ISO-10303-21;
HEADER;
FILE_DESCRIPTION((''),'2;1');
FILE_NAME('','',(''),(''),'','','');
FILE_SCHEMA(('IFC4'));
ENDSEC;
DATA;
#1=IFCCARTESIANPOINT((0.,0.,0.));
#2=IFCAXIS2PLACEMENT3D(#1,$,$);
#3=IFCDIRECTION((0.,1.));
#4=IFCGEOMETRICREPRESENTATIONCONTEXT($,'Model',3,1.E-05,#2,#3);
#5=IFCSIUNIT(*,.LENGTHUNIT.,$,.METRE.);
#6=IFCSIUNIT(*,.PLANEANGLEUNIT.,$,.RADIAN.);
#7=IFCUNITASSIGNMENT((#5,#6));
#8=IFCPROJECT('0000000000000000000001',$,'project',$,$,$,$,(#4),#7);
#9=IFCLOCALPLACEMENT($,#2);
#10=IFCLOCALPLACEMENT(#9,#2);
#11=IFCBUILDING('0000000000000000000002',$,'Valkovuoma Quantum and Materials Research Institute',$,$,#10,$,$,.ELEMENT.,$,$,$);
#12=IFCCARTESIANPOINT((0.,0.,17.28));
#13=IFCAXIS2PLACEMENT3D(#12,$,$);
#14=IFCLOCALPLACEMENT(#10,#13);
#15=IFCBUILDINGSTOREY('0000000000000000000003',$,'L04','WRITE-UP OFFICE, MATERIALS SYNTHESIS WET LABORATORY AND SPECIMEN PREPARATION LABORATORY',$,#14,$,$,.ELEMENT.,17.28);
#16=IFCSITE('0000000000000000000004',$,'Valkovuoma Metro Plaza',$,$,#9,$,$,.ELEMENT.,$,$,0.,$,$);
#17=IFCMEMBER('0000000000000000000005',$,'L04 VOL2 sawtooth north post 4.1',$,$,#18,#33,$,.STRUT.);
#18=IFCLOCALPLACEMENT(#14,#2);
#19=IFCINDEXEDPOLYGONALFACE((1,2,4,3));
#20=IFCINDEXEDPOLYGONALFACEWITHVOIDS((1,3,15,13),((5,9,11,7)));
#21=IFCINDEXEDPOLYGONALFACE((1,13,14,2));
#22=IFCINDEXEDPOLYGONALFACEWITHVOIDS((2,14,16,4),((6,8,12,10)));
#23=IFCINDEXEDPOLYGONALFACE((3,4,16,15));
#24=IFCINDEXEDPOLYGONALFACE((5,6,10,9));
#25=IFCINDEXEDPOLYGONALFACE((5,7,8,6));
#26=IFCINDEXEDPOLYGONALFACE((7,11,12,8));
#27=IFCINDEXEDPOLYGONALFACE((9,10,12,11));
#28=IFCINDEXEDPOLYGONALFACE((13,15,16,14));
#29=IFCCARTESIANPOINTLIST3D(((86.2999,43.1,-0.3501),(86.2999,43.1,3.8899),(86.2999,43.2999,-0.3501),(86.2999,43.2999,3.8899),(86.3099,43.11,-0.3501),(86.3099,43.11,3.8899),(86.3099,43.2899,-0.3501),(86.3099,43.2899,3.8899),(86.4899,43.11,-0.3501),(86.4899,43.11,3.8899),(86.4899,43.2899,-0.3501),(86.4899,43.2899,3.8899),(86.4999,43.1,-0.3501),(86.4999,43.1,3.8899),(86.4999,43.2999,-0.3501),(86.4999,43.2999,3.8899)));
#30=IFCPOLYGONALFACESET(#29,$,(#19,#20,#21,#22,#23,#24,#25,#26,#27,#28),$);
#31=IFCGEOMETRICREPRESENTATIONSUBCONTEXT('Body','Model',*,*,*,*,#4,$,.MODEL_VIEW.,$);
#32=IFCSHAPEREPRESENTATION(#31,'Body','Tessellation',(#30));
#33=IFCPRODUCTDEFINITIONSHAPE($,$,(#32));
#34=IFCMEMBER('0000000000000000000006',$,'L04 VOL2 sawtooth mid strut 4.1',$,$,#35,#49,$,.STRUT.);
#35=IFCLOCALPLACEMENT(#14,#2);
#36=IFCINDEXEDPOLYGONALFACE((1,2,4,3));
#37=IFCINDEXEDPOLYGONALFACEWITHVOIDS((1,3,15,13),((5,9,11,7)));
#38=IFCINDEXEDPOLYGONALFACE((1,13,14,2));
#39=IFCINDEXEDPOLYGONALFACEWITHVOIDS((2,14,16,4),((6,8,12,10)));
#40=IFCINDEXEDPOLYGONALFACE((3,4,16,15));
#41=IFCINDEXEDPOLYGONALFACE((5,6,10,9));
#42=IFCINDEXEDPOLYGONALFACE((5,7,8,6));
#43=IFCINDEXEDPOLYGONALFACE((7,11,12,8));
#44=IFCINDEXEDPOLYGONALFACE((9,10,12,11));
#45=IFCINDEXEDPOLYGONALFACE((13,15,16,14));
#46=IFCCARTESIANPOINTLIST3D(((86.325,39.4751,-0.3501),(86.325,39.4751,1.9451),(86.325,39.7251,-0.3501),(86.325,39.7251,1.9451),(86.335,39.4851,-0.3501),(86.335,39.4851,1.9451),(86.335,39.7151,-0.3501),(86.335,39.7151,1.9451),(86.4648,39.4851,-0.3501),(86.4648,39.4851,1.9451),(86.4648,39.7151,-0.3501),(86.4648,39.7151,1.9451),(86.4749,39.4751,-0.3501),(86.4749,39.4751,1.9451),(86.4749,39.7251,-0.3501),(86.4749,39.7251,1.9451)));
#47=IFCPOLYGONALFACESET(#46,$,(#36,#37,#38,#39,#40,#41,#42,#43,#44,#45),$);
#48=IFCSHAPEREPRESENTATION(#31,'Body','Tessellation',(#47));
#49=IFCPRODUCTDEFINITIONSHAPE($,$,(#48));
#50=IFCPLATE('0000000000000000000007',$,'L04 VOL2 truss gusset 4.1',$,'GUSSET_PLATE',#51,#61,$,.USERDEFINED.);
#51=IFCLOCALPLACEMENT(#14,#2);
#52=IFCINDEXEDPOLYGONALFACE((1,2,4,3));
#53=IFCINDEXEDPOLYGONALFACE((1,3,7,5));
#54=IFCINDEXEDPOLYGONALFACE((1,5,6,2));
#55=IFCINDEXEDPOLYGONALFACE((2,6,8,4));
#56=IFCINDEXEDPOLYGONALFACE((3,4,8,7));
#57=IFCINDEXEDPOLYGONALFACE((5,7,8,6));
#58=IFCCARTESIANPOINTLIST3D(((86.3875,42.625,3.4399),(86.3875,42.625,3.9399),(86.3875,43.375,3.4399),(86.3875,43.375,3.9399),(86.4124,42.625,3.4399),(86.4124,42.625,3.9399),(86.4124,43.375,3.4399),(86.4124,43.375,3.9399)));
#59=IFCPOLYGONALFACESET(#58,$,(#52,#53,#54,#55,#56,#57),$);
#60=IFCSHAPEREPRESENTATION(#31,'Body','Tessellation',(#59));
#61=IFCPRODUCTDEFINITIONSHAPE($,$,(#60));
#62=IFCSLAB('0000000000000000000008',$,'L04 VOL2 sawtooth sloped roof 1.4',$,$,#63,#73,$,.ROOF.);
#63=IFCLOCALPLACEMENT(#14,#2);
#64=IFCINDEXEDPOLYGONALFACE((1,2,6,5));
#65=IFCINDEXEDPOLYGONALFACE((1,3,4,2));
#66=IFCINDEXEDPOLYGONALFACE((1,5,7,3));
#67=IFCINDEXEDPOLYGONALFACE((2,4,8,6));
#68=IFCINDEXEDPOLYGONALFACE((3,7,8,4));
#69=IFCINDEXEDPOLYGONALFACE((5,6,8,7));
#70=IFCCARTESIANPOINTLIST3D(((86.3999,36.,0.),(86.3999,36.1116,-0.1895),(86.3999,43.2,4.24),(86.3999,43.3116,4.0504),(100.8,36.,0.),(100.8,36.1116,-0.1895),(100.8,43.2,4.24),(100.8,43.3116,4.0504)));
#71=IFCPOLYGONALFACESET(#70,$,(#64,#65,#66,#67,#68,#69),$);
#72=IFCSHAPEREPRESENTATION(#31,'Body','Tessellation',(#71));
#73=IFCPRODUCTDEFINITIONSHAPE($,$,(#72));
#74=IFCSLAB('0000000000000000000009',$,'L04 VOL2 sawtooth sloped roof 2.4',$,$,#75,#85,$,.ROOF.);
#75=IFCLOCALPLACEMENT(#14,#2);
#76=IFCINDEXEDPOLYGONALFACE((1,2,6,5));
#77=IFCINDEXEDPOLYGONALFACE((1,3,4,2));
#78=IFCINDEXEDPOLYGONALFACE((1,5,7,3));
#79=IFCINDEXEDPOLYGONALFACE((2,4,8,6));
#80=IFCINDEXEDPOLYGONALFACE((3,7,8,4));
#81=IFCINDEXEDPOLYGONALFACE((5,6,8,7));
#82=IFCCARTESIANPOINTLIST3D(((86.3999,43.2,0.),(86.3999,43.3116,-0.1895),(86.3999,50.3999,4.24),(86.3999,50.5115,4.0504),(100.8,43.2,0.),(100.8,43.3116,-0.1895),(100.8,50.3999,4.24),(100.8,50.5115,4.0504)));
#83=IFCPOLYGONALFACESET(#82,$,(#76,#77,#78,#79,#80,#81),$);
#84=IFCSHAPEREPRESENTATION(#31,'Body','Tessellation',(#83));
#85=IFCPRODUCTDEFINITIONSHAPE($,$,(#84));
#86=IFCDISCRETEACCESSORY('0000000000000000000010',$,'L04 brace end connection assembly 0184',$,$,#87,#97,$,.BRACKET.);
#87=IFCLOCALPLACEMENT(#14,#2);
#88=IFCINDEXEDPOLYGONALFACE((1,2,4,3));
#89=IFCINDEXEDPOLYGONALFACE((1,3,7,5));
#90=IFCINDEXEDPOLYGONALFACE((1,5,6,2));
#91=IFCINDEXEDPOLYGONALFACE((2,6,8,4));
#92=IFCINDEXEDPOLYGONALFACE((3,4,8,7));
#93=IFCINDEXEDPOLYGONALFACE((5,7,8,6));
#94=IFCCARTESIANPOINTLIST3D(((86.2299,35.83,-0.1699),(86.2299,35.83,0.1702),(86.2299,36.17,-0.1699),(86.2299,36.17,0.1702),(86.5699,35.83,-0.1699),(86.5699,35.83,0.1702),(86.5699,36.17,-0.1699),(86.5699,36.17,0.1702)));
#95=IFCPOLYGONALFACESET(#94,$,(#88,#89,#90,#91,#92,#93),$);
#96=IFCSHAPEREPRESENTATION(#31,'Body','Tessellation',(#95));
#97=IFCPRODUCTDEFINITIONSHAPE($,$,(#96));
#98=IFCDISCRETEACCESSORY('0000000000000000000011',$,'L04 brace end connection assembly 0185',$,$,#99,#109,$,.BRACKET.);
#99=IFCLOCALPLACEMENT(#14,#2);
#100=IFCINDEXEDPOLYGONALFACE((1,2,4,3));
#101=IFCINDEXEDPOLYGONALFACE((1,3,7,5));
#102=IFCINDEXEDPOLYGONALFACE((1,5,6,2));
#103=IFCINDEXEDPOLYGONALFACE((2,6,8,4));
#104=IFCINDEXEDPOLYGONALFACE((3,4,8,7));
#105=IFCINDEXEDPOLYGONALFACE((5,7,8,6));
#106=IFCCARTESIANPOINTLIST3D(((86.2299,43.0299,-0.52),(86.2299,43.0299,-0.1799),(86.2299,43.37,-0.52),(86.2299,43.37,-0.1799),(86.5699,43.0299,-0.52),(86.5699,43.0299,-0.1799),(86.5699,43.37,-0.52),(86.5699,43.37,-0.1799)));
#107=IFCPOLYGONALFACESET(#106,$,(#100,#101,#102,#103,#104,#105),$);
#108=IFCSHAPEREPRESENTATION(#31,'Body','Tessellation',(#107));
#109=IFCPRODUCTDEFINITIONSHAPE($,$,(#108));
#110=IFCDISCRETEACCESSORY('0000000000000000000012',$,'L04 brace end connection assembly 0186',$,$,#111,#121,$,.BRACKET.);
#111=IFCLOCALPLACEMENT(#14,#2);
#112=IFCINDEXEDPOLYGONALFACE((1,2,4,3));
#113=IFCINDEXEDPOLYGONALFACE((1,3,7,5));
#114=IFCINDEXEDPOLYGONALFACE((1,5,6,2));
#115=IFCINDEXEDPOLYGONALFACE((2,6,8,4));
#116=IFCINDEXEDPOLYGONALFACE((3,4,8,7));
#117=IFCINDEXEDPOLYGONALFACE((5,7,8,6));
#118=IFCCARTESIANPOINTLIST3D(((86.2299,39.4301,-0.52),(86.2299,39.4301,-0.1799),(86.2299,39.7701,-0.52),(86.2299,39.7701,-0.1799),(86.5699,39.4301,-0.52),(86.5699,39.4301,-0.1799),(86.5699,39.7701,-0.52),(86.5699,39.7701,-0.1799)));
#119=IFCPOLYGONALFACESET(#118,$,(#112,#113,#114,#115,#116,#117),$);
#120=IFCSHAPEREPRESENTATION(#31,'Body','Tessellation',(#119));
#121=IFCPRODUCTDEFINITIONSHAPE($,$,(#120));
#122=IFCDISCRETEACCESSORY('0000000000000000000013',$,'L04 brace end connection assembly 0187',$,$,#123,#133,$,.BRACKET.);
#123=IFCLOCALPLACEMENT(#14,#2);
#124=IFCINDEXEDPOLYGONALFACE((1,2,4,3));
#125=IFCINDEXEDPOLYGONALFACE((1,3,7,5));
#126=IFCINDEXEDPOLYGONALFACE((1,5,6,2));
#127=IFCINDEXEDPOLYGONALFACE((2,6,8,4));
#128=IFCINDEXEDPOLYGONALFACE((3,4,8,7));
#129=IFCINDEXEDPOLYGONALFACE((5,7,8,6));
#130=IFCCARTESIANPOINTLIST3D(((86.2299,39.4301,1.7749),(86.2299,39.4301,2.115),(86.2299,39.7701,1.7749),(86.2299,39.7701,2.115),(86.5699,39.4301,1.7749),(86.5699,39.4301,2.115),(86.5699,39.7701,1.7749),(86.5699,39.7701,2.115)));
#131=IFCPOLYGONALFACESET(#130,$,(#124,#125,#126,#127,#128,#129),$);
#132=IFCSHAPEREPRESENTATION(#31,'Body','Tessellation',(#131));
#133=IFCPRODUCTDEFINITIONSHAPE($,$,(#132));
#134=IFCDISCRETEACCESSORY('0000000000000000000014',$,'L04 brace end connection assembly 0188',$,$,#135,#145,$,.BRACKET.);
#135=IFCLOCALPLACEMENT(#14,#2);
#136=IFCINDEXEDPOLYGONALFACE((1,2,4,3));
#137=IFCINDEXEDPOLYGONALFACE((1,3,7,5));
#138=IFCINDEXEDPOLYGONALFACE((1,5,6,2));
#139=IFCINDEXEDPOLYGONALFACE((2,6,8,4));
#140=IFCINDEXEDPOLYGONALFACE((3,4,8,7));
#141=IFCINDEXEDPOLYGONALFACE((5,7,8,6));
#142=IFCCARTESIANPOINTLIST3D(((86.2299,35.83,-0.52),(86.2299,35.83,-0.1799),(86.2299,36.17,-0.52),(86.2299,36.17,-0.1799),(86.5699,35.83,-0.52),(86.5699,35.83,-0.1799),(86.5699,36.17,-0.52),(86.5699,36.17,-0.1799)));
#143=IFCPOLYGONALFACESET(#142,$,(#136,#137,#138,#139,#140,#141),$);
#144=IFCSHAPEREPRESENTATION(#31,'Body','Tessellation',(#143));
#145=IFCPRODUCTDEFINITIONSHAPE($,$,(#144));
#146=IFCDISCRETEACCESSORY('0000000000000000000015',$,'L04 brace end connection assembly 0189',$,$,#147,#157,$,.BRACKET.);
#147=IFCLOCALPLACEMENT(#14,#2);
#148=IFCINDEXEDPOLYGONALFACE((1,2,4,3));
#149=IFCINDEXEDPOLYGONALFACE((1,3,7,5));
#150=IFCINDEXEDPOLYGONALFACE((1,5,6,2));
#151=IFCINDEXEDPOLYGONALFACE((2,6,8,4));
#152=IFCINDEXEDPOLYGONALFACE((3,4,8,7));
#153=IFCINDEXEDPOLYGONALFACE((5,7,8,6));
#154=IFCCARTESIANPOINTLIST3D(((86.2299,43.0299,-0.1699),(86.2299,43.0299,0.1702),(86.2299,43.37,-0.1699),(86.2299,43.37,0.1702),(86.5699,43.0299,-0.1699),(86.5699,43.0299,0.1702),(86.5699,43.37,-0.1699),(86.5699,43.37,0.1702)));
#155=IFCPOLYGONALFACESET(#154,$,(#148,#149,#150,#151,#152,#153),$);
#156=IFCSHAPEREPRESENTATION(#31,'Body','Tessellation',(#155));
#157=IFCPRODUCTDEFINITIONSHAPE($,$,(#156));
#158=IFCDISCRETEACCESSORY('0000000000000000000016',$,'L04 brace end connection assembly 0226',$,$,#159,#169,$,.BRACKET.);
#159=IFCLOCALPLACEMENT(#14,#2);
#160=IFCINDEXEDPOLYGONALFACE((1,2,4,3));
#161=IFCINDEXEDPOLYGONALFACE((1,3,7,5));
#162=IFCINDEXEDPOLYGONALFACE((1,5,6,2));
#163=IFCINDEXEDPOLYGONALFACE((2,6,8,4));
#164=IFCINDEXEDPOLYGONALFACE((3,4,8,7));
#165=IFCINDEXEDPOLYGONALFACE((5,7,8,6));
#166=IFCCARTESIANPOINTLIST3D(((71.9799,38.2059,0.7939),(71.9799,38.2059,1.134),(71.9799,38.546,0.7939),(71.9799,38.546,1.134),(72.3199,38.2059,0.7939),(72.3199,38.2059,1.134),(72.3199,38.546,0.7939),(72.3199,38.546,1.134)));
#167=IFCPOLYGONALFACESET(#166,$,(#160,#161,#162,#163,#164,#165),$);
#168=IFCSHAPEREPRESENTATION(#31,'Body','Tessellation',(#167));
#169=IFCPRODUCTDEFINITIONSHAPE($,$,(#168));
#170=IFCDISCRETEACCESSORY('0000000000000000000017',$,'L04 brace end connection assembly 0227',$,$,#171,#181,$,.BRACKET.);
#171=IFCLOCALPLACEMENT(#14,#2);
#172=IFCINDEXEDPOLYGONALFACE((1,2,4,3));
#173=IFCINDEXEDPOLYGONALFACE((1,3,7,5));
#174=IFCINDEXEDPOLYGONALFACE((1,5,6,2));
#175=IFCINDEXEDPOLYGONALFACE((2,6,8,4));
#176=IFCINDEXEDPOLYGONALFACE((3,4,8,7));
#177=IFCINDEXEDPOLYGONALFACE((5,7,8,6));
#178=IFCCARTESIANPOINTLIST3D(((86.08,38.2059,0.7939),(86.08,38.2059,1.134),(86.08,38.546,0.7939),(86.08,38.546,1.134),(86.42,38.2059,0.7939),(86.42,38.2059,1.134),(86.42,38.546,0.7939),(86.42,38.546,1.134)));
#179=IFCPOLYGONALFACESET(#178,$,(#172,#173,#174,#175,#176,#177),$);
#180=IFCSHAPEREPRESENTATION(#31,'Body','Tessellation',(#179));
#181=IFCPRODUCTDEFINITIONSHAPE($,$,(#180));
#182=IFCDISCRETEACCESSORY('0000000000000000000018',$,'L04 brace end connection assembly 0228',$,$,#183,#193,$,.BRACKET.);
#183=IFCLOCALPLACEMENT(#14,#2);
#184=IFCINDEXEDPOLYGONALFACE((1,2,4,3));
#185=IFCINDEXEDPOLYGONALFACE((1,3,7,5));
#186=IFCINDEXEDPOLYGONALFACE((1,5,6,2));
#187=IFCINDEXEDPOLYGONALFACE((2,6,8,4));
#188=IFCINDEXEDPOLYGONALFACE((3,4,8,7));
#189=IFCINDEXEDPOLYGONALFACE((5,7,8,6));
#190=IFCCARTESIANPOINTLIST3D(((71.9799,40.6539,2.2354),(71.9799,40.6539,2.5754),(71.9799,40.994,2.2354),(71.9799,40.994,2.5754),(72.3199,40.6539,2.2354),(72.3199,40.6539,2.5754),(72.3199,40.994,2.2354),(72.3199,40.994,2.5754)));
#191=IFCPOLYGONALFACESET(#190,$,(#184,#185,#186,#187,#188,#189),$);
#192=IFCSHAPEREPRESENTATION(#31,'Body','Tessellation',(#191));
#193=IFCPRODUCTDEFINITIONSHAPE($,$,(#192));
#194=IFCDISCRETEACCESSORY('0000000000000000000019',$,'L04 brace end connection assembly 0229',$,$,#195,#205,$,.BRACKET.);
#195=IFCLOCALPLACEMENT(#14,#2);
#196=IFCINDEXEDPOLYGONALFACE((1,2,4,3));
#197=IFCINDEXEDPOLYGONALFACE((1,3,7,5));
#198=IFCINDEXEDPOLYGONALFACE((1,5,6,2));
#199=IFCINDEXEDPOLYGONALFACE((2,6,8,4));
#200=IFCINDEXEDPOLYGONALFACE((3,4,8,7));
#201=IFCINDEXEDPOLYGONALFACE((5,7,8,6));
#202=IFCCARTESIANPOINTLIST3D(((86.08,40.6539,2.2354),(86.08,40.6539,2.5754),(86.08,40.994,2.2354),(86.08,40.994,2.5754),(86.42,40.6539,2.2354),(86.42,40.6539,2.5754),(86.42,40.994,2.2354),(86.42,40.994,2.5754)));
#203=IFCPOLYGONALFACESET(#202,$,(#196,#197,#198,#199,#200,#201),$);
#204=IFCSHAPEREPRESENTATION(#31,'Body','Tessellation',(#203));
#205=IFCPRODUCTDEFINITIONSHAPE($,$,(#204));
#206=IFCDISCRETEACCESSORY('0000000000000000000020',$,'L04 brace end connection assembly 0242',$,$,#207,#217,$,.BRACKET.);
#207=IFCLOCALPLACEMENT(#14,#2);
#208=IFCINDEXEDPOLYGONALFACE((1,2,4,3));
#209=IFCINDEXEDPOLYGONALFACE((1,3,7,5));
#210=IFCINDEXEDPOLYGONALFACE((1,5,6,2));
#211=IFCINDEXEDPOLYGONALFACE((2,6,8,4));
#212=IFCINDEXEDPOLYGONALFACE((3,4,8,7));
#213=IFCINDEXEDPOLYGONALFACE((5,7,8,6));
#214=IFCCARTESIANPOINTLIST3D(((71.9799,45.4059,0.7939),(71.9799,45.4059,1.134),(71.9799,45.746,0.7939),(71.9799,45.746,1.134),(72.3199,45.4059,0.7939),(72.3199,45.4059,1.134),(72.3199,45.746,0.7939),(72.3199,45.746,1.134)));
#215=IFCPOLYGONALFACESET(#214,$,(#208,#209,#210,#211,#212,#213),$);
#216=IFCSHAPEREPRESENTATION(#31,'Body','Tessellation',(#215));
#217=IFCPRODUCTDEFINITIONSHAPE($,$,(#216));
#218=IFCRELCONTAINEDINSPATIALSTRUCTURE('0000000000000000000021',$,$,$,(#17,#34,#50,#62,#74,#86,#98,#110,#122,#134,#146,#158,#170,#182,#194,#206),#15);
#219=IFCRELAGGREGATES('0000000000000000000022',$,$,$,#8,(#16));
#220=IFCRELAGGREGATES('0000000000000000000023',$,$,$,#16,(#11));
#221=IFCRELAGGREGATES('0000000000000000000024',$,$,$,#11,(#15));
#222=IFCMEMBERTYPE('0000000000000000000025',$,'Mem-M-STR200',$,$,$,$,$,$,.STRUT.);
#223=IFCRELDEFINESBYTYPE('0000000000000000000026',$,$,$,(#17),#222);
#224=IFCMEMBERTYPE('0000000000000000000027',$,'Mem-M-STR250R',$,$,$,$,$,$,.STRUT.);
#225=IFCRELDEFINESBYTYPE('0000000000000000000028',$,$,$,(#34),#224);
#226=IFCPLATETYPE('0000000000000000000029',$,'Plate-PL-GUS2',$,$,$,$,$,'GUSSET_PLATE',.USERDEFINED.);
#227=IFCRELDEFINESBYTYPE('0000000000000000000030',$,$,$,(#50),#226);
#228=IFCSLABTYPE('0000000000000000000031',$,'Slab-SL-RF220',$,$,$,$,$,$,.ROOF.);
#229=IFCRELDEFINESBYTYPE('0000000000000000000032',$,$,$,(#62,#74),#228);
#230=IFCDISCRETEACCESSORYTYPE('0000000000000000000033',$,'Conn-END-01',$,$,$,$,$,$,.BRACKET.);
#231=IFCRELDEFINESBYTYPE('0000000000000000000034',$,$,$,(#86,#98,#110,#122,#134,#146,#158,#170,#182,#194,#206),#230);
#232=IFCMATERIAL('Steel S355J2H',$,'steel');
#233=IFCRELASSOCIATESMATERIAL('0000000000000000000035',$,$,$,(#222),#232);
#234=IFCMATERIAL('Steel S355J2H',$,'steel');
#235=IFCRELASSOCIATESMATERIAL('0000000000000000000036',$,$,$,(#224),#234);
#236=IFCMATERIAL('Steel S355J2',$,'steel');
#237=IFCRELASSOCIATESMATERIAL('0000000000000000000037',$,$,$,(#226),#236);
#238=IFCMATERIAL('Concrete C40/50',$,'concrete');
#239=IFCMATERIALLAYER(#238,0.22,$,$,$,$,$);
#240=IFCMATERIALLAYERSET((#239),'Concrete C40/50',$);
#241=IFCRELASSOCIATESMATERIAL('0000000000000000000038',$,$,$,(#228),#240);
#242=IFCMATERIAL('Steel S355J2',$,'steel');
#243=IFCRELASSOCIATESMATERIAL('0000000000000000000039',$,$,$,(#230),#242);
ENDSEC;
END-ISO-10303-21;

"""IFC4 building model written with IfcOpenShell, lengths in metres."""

from ifc_helpers import new_model, si_unit, direction, frame, origin, origin_2d, place, context, subcontext, project, spatial, polyline, rectangle, hollow_rectangle, outline, extrude, material, layer, layer_set, material_profile, profile_set, type_object, element, save


model = new_model("IFC4")

# Units and contexts
model_context = context("Model", 3, precision=1e-05, world=origin(), true_north=direction((0.0, 1.0)))
body_context = subcontext(model_context, "Body", "Model", "MODEL_VIEW")
ifc_project = project(units=[si_unit("LENGTHUNIT", "METRE"), si_unit("PLANEANGLEUNIT", "RADIAN")], contexts=[model_context])

# Site, building, storey
site_placement = place(None, origin())
site = spatial("IfcSite", under=ifc_project, at=site_placement, Name="Valkovuoma Metro Plaza", CompositionType="ELEMENT", RefElevation=0.0)
building_placement = place(site_placement, origin())
building = spatial("IfcBuilding", under=site, at=building_placement, Name="Valkovuoma Quantum and Materials Research Institute", CompositionType="ELEMENT")
storey_placement = place(building_placement, frame((0.0, 0.0, 17.28)))
storey = spatial("IfcBuildingStorey", under=building, at=storey_placement, Name="L04", Description="WRITE-UP OFFICE, MATERIALS SYNTHESIS WET LABORATORY AND SPECIMEN PREPARATION LABORATORY", CompositionType="ELEMENT", Elevation=17.28)

# Members
ifc_material_1 = material(Name="Steel S355J2H", Category="steel")
ifc_material_profile_1 = material_profile(ifc_material_1, hollow_rectangle(XDim=0.2, YDim=0.2, WallThickness=0.01, at=origin_2d()), Name="Steel S355J2H")
ifc_profile_set_1 = profile_set([ifc_material_profile_1], Name="Steel S355J2H")
member_type_1 = type_object("IfcMemberType", Name="Mem-M-STR200", PredefinedType="STRUT", material=ifc_profile_set_1)
member_1_placement = place(storey_placement, frame((86.3999, 43.2, -0.3501), z_axis=(0.0, 0.0, 1.0), x_axis=(1.0, 0.0, 0.0)))
element("IfcMember", 1, at=member_1_placement, inside=storey, type_object=member_type_1, Name="L04 VOL2 sawtooth north post 4.1", PredefinedType="STRUT", context=body_context, shape_type="SweptSolid", body=[
    extrude(hollow_rectangle(XDim=0.2, YDim=0.2, WallThickness=0.01, at=origin_2d()), origin(), (0.0, 0.0, 1.0), 4.24),
])
ifc_material_2 = material(Name="Steel S355J2H", Category="steel")
ifc_material_profile_2 = material_profile(ifc_material_2, hollow_rectangle(XDim=0.1499, YDim=0.25, WallThickness=0.01, at=origin_2d()), Name="Steel S355J2H")
ifc_profile_set_2 = profile_set([ifc_material_profile_2], Name="Steel S355J2H")
member_type_2 = type_object("IfcMemberType", Name="Mem-M-STR250R", PredefinedType="STRUT", material=ifc_profile_set_2)
member_2_placement = place(storey_placement, frame((86.3999, 39.6001, -0.3501), z_axis=(0.0, 0.0, 1.0), x_axis=(1.0, 0.0, 0.0)))
element("IfcMember", 2, at=member_2_placement, inside=storey, type_object=member_type_2, Name="L04 VOL2 sawtooth mid strut 4.1", PredefinedType="STRUT", context=body_context, shape_type="SweptSolid", body=[
    extrude(hollow_rectangle(XDim=0.1499, YDim=0.25, WallThickness=0.01, at=origin_2d()), origin(), (0.0, 0.0, 1.0), 2.2952),
])

# Plate
ifc_material_3 = material(Name="Steel S355J2", Category="steel")
plate_type = type_object("IfcPlateType", Name="Plate-PL-GUS2", ElementType="GUSSET_PLATE", PredefinedType="USERDEFINED", material=ifc_material_3)
plate_placement = place(storey_placement, frame((86.3999, 43.0, 3.4399), z_axis=(0.0, 0.0, 1.0), x_axis=(0.0, 1.0, 0.0)))
element("IfcPlate", 3, at=plate_placement, inside=storey, type_object=plate_type, Name="L04 VOL2 truss gusset 4.1", ObjectType="GUSSET_PLATE", PredefinedType="USERDEFINED", context=body_context, shape_type="SweptSolid", body=[
    extrude(rectangle(XDim=0.75, YDim=0.0249, at=origin_2d()), origin(), (0.0, 0.0, 1.0), 0.5),
])

# Slabs
ifc_material_4 = material(Name="Concrete C40/50", Category="concrete")
ifc_layer = layer(ifc_material_4, 0.22)
ifc_layer_set = layer_set([ifc_layer], Name="Concrete C40/50")
slab_type = type_object("IfcSlabType", Name="Slab-SL-RF220", PredefinedType="ROOF", material=ifc_layer_set)
for number, where, z_axis, x_axis, name in (
    (4, (86.3999, 36.0, 0.0), (0.0, -0.50744, 0.861687), (1.0, 0.0, 0.0), "L04 VOL2 sawtooth sloped roof 1.4"),
    (5, (86.3999, 43.2, 0.0), (0.0, -0.50744, 0.861687), (1.0, 0.0, 0.0), "L04 VOL2 sawtooth sloped roof 2.4"),
):
    element("IfcSlab", number, at=place(storey_placement, frame(where, z_axis=z_axis, x_axis=x_axis)), inside=storey, type_object=slab_type, Name=name, PredefinedType="ROOF", context=body_context, shape_type="SweptSolid", body=[
        extrude(outline(polyline([(0.0, 0.0), (14.4001, 0.0), (14.4001, 8.3556), (0.0, 8.3556), (0.0, 0.0)])), origin(), (0.0, 0.0, -1.0), 0.22),
    ])

# Discrete accessories
ifc_material_5 = material(Name="Steel S355J2", Category="steel")
discrete_accessory_type = type_object("IfcDiscreteAccessoryType", Name="Conn-END-01", PredefinedType="BRACKET", material=ifc_material_5)
for number, where, z_axis, x_axis, name in (
    (6, (86.3999, 36.0, -0.1699), (0.0, 0.0, 1.0), (1.0, 0.0, 0.0), "L04 brace end connection assembly 0184"),
    (7, (86.3999, 43.2, -0.52), (0.0, 0.0, 1.0), (1.0, 0.0, 0.0), "L04 brace end connection assembly 0185"),
    (8, (86.3999, 39.6001, -0.52), (0.0, 0.0, 1.0), (1.0, 0.0, 0.0), "L04 brace end connection assembly 0186"),
    (9, (86.3999, 39.6001, 1.7749), (0.0, 0.0, 1.0), (1.0, 0.0, 0.0), "L04 brace end connection assembly 0187"),
    (10, (86.3999, 36.0, -0.52), (0.0, 0.0, 1.0), (1.0, 0.0, 0.0), "L04 brace end connection assembly 0188"),
    (11, (86.3999, 43.2, -0.1699), (0.0, 0.0, 1.0), (1.0, 0.0, 0.0), "L04 brace end connection assembly 0189"),
    (12, (72.1499, 38.376, 0.7939), (0.0, 0.0, 1.0), (1.0, 0.0, 0.0), "L04 brace end connection assembly 0226"),
    (13, (86.25, 38.376, 0.7939), (0.0, 0.0, 1.0), (1.0, 0.0, 0.0), "L04 brace end connection assembly 0227"),
    (14, (72.1499, 40.824, 2.2354), (0.0, 0.0, 1.0), (1.0, 0.0, 0.0), "L04 brace end connection assembly 0228"),
    (15, (86.25, 40.824, 2.2354), (0.0, 0.0, 1.0), (1.0, 0.0, 0.0), "L04 brace end connection assembly 0229"),
    (16, (72.1499, 45.5759, 0.7939), (0.0, 0.0, 1.0), (1.0, 0.0, 0.0), "L04 brace end connection assembly 0242"),
):
    element("IfcDiscreteAccessory", number, at=place(storey_placement, frame(where, z_axis=z_axis, x_axis=x_axis)), inside=storey, type_object=discrete_accessory_type, Name=name, PredefinedType="BRACKET", context=body_context, shape_type="SweptSolid", body=[
        extrude(rectangle(XDim=0.3401, YDim=0.3401, at=origin_2d()), origin(), (0.0, 0.0, 1.0), 0.3401),
    ])

save(model, "model.ifc")
